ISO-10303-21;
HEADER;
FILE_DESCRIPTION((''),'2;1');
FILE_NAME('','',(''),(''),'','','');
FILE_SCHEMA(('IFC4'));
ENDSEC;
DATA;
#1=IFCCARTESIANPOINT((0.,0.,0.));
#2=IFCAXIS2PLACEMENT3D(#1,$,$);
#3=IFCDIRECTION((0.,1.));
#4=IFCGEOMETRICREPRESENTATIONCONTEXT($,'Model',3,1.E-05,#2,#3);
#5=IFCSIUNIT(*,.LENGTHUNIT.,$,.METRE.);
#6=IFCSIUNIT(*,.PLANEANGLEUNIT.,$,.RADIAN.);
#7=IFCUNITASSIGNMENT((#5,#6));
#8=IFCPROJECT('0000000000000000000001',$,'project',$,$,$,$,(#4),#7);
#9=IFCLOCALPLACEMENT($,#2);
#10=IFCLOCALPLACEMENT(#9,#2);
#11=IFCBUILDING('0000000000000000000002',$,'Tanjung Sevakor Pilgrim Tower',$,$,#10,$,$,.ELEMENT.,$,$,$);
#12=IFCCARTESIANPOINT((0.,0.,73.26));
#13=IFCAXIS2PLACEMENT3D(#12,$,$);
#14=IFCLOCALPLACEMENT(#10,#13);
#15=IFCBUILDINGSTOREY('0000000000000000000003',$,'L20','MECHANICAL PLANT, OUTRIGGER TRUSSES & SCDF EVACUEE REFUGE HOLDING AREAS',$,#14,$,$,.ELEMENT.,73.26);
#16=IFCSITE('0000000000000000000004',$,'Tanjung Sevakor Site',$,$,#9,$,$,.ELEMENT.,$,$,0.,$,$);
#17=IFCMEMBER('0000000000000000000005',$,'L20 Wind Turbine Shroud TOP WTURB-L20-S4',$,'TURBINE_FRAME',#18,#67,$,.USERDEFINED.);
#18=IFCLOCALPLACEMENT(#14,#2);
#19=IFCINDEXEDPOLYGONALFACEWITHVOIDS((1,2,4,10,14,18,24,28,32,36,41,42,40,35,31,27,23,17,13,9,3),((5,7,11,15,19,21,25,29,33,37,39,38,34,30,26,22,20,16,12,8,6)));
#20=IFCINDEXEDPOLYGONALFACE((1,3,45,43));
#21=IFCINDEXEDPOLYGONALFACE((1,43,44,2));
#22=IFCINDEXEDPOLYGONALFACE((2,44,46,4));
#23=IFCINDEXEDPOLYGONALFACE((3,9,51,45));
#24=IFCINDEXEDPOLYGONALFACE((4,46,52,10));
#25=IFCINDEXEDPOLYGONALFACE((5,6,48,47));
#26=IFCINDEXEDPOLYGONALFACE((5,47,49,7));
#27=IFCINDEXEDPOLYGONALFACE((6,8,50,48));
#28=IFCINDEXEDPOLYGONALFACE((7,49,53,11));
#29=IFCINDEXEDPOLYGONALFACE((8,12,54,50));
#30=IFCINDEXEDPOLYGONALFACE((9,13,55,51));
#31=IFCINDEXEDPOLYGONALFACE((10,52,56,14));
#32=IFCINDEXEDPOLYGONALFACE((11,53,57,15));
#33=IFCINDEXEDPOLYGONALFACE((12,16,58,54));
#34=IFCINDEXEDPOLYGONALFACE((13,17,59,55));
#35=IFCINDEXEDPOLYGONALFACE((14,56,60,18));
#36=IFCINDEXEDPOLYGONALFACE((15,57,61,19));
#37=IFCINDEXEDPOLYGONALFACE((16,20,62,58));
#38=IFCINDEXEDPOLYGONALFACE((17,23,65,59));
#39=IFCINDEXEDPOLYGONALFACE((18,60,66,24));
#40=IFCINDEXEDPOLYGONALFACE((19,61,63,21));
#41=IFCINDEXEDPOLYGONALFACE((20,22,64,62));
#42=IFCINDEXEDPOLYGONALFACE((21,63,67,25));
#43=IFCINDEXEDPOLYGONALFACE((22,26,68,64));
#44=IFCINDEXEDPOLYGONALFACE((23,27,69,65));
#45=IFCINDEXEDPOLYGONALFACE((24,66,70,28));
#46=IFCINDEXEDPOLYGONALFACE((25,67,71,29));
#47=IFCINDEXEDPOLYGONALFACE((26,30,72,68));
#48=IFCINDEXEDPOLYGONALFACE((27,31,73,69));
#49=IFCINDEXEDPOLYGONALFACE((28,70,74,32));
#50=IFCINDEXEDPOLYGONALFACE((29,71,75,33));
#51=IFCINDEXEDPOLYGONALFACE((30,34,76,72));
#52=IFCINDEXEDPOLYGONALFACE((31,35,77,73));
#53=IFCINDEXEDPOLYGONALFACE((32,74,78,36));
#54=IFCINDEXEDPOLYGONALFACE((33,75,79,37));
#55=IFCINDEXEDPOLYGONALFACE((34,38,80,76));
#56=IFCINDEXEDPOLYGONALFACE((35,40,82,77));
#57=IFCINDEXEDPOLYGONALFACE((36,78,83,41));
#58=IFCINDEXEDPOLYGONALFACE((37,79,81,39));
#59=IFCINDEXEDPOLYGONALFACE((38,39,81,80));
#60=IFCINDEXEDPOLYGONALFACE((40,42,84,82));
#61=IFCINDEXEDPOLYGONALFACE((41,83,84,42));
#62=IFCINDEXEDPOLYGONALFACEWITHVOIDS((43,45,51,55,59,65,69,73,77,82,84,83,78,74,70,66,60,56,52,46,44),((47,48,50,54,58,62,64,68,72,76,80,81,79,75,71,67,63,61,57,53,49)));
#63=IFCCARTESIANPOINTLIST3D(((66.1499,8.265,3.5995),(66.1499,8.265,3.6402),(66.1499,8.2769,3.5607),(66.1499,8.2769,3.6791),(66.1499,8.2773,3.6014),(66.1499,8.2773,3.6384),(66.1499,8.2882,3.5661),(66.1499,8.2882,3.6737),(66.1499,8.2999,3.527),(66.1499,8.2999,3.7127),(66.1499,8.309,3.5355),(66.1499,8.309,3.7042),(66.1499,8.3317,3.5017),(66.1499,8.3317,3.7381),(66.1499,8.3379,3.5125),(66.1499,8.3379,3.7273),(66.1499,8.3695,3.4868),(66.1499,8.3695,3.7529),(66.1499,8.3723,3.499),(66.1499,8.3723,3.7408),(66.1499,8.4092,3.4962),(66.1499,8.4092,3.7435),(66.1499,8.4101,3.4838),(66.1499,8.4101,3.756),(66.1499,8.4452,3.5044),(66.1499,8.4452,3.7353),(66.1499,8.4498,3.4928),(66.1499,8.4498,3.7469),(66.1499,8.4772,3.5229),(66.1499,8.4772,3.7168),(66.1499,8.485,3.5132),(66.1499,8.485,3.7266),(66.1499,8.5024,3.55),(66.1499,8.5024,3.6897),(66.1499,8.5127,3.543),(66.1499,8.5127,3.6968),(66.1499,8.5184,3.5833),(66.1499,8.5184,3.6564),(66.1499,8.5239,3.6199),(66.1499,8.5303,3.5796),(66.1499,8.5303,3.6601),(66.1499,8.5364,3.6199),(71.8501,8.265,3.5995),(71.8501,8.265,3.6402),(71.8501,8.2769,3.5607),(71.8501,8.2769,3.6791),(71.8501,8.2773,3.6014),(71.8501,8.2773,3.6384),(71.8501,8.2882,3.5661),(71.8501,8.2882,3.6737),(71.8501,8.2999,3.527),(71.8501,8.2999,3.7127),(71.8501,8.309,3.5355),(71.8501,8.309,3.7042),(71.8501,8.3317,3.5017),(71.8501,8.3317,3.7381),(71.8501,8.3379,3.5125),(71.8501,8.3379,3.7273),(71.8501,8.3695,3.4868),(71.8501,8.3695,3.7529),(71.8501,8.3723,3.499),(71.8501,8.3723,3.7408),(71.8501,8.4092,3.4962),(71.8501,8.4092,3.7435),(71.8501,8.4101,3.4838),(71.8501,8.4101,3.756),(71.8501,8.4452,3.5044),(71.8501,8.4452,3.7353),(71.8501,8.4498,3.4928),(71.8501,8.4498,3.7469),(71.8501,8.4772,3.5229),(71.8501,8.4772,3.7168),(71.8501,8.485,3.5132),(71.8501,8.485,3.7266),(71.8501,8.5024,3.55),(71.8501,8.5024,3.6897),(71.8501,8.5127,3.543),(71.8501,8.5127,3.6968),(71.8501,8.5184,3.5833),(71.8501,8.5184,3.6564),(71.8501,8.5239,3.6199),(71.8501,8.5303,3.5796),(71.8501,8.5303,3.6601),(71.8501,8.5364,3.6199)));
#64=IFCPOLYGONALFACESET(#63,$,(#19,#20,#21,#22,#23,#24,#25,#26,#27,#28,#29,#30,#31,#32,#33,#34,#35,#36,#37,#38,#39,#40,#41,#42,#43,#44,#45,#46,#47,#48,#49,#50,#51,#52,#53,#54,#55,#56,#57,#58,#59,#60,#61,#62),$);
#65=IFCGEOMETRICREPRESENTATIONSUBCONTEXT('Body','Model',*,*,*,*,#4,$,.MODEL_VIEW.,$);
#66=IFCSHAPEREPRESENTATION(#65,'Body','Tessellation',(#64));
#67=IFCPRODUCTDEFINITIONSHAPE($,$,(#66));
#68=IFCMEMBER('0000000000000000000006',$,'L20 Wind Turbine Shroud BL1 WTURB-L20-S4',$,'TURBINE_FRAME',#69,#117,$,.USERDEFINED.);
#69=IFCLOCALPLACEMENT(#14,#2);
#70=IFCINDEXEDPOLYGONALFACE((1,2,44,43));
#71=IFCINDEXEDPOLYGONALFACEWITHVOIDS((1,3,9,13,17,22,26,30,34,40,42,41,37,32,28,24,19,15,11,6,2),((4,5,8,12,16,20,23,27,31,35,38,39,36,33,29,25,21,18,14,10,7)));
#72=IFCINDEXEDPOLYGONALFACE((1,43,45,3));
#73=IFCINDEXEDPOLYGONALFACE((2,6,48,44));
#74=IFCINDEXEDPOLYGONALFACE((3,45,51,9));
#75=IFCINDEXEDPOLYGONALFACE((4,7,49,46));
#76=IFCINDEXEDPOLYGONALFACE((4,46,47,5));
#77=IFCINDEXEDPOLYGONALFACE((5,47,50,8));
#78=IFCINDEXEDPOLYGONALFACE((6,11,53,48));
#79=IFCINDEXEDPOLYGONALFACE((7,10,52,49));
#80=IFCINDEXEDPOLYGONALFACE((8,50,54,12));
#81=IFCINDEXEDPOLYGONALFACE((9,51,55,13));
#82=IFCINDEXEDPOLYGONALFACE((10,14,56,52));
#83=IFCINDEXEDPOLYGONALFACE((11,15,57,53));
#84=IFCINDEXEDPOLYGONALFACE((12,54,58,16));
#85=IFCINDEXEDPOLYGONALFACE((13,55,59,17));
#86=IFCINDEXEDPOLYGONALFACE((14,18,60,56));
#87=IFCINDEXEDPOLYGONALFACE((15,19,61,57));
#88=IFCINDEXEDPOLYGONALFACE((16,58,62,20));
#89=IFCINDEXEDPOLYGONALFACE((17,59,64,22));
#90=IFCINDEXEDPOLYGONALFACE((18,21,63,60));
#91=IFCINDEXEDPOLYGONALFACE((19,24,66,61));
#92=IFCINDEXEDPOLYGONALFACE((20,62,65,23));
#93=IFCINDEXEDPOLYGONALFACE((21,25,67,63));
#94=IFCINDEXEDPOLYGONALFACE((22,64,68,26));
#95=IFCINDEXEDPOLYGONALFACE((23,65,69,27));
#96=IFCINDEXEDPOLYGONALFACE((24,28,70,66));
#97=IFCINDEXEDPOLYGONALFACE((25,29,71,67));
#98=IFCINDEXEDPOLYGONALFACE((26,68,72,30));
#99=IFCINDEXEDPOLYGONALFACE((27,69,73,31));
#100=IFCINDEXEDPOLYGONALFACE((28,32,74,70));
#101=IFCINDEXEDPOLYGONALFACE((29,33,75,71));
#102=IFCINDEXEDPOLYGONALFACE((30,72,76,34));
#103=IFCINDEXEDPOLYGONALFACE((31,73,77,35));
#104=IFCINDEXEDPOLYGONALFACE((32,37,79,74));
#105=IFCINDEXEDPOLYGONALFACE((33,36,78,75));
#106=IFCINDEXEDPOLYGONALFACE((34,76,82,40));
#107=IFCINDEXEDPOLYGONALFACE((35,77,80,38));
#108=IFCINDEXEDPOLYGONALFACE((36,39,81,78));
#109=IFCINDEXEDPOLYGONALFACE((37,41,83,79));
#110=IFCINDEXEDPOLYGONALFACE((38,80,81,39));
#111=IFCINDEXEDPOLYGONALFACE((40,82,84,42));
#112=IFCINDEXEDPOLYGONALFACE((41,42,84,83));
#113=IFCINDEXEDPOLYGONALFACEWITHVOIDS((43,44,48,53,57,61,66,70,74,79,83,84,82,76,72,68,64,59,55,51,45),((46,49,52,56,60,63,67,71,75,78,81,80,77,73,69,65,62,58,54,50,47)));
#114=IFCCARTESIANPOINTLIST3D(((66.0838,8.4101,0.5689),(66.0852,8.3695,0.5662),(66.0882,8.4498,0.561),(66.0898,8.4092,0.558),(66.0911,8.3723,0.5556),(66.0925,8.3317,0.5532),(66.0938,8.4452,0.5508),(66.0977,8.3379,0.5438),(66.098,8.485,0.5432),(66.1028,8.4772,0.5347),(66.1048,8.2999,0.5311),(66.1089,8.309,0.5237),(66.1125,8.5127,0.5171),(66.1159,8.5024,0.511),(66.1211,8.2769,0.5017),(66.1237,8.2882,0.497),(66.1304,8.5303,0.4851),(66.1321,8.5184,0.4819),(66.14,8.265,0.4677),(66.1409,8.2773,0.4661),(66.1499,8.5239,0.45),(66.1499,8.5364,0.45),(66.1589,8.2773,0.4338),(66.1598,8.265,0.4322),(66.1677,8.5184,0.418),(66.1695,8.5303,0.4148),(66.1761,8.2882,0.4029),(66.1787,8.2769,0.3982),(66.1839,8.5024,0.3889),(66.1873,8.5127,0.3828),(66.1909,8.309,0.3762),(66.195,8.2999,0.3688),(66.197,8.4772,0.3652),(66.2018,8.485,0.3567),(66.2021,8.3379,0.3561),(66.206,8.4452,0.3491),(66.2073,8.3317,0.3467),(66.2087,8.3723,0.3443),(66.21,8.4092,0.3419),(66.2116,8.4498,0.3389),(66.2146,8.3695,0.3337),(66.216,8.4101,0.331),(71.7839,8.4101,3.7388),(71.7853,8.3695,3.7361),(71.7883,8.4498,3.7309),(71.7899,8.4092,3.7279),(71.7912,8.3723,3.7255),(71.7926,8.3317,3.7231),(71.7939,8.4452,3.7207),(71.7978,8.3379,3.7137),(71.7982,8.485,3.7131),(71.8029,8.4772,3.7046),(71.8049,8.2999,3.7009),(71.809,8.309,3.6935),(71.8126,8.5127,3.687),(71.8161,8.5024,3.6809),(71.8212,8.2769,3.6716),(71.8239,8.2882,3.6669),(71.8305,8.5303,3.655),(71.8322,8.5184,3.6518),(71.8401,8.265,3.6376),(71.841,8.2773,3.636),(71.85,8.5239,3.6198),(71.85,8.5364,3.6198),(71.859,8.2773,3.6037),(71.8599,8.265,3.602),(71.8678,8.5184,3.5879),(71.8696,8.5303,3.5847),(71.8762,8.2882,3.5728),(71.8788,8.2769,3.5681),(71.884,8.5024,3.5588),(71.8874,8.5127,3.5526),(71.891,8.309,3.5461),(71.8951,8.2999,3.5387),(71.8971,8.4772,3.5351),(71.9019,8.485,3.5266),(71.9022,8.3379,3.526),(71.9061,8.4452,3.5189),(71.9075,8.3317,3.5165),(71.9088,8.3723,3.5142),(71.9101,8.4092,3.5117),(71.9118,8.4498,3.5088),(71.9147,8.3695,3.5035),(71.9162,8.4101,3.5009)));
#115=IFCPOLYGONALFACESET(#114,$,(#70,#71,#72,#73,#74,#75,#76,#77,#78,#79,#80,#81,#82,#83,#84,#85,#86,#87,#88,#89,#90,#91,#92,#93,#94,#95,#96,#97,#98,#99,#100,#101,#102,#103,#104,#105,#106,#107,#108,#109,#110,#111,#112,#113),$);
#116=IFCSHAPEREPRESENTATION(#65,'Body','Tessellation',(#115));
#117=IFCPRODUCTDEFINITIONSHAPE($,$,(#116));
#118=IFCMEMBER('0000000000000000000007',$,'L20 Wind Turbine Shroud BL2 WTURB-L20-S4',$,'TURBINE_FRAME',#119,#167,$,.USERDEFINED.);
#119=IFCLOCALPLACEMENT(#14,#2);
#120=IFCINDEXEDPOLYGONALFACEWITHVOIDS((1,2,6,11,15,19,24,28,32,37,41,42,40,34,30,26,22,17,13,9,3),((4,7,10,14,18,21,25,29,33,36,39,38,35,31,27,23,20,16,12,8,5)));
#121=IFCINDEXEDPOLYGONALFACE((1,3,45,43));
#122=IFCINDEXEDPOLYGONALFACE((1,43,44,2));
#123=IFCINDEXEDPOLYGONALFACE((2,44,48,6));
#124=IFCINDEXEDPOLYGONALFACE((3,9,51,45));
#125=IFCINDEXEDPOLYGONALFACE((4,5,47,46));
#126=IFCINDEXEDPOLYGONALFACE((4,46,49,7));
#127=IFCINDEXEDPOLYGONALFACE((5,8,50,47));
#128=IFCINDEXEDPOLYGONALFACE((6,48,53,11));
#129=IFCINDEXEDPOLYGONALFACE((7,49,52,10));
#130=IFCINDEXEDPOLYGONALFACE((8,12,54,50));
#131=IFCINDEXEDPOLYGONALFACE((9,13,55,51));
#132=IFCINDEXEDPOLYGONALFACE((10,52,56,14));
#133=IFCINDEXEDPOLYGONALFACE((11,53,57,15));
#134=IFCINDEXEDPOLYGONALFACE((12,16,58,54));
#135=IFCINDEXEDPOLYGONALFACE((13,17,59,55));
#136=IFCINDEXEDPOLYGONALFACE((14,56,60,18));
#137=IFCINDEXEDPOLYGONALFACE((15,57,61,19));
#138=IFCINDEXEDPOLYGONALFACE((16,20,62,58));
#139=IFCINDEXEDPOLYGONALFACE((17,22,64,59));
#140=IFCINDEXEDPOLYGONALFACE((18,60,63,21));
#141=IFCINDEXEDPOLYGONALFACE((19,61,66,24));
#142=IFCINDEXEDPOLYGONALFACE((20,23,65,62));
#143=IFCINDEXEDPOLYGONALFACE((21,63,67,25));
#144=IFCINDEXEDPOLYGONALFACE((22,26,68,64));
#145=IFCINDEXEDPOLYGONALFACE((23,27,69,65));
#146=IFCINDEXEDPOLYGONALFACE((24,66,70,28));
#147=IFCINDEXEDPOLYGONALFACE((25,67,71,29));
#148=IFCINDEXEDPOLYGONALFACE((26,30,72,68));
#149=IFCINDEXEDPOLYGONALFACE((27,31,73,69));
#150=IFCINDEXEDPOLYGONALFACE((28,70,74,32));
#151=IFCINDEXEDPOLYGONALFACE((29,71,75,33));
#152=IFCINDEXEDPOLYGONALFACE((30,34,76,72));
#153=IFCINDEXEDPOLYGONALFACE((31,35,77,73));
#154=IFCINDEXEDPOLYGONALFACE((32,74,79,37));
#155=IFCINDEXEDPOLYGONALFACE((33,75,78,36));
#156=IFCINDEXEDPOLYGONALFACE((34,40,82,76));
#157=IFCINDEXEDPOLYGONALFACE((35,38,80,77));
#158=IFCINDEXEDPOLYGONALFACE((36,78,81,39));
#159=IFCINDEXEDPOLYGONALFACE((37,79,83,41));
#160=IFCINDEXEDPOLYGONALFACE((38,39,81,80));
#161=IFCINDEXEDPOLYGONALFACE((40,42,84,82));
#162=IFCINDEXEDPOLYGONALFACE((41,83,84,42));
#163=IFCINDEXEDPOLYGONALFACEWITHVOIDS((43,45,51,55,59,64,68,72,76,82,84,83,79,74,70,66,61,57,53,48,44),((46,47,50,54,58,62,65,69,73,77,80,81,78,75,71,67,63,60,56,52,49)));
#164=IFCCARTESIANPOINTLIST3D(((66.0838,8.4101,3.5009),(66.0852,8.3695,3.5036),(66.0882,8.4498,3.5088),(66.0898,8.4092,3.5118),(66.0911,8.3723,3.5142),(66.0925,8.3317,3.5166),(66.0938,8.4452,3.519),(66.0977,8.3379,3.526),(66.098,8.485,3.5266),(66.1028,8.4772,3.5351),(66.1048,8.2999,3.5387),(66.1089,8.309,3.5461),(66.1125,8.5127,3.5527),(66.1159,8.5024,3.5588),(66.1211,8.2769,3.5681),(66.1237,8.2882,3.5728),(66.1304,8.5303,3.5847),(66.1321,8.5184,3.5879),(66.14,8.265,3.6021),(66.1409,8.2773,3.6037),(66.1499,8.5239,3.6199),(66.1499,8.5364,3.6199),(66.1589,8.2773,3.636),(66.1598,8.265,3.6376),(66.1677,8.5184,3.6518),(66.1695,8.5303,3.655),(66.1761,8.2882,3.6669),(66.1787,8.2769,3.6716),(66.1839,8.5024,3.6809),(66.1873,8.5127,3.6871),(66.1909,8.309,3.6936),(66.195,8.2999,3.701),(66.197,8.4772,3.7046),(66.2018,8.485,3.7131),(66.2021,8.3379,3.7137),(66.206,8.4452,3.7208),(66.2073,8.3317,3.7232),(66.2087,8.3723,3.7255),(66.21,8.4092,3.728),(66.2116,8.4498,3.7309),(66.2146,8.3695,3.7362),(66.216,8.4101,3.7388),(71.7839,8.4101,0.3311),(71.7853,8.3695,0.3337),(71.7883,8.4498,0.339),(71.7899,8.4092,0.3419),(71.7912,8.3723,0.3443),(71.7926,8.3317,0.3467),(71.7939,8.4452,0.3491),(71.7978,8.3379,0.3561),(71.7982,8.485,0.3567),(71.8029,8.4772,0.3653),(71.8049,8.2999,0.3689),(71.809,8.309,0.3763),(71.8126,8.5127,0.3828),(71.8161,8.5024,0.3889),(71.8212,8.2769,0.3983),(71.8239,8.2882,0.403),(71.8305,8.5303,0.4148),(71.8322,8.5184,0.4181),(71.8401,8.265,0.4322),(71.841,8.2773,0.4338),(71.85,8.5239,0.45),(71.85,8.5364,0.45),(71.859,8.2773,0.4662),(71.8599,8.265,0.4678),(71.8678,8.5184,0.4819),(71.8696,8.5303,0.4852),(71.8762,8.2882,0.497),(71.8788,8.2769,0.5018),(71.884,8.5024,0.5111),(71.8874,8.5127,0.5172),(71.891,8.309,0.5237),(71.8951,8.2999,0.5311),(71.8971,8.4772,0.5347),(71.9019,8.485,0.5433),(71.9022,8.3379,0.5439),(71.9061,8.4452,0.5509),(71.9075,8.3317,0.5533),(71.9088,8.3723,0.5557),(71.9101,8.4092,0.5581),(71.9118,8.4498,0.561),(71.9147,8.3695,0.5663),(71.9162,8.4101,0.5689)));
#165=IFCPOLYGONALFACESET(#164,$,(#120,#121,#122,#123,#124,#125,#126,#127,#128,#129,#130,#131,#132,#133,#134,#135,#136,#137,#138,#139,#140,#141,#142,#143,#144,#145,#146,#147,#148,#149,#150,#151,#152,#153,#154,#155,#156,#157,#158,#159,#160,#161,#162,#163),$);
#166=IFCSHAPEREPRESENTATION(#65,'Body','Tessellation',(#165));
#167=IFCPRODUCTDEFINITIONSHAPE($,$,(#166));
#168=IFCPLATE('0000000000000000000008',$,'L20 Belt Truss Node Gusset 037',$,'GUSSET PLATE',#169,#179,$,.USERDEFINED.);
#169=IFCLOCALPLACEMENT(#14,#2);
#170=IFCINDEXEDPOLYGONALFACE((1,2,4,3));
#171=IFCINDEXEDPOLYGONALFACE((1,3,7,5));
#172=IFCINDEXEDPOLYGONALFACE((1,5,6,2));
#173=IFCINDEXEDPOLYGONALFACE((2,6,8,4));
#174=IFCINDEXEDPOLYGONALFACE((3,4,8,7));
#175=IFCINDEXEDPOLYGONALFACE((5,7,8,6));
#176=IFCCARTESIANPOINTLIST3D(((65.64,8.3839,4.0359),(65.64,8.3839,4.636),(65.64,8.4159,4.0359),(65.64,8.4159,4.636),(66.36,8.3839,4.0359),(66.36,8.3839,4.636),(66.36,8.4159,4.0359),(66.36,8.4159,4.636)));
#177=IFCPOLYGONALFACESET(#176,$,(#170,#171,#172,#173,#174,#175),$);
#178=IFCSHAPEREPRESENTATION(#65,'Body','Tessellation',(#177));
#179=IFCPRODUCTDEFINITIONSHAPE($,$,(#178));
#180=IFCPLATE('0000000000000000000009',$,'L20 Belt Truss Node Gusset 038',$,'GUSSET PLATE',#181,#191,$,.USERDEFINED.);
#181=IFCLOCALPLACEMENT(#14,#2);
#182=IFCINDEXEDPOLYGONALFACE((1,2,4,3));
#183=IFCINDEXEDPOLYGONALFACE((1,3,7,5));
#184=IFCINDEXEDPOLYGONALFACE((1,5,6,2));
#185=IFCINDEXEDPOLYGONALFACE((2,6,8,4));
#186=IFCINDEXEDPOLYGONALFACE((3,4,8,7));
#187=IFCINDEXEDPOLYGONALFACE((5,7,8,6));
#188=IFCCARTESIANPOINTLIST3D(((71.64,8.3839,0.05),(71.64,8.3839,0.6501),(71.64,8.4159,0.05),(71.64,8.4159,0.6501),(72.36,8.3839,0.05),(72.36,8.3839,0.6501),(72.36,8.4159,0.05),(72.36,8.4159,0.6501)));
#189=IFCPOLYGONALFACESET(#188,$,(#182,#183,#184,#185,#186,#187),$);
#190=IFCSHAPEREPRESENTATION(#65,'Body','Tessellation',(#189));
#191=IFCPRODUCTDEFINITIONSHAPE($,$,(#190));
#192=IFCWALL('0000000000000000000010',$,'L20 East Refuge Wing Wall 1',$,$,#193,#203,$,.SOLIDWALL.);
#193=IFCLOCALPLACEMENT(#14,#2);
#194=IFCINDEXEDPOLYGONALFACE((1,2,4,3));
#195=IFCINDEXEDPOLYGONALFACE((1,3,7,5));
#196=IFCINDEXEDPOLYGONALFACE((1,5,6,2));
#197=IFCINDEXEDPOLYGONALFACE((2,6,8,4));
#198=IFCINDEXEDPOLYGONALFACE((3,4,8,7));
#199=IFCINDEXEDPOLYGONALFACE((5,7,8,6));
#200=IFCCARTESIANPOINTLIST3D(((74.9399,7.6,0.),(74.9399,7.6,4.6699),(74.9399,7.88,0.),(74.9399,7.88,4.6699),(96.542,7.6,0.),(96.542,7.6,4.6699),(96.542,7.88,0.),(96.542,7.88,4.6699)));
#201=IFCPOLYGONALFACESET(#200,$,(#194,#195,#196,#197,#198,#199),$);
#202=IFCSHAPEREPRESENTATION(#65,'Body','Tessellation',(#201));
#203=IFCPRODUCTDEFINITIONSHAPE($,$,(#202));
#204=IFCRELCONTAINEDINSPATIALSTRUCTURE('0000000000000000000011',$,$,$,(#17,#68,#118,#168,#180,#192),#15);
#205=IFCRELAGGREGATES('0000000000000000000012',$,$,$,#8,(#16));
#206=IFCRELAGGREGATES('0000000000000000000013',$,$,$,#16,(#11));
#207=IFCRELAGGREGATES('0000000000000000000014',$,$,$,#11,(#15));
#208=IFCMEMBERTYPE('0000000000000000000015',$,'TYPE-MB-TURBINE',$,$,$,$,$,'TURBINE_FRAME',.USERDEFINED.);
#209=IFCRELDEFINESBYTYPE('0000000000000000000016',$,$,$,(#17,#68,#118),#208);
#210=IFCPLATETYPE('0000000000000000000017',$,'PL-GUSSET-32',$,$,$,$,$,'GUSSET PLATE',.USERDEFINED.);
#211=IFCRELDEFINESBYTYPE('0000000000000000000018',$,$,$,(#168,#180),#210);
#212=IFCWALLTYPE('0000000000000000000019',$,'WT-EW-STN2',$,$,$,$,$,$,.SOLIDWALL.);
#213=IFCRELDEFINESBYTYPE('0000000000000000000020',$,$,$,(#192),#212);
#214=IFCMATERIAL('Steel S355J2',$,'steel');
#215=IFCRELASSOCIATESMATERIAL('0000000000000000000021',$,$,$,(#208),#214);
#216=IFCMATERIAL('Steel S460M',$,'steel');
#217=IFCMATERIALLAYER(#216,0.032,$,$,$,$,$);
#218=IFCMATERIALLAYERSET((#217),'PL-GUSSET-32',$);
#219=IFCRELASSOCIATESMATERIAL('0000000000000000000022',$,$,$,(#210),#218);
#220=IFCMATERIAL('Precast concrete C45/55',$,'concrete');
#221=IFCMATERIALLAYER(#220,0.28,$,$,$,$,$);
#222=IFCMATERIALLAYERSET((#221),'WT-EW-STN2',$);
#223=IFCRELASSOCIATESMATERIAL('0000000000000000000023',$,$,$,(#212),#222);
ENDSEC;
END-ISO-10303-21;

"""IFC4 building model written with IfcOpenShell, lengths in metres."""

from ifc_helpers import new_model, si_unit, direction, frame, frame_2d, origin, origin_2d, place, context, subcontext, project, spatial, rectangle, hollow_circle, extrude, material, layer, layer_set, material_profile, profile_set, type_object, element, save


model = new_model("IFC4")

# Units and contexts
model_context = context("Model", 3, precision=1e-05, world=origin(), true_north=direction((0.0, 1.0)))
body_context = subcontext(model_context, "Body", "Model", "MODEL_VIEW")
ifc_project = project(units=[si_unit("LENGTHUNIT", "METRE"), si_unit("PLANEANGLEUNIT", "RADIAN")], contexts=[model_context])

# Site, building, storey
site_placement = place(None, origin())
site = spatial("IfcSite", under=ifc_project, at=site_placement, Name="Tanjung Sevakor Site", CompositionType="ELEMENT", RefElevation=0.0)
building_placement = place(site_placement, origin())
building = spatial("IfcBuilding", under=site, at=building_placement, Name="Tanjung Sevakor Pilgrim Tower", CompositionType="ELEMENT")
storey_placement = place(building_placement, frame((0.0, 0.0, 73.26)))
storey = spatial("IfcBuildingStorey", under=building, at=storey_placement, Name="L20", Description="MECHANICAL PLANT, OUTRIGGER TRUSSES & SCDF EVACUEE REFUGE HOLDING AREAS", CompositionType="ELEMENT", Elevation=73.26)

# Members
ifc_material_1 = material(Name="Steel S355J2", Category="steel")
ifc_material_profile_1 = material_profile(ifc_material_1, hollow_circle(Radius=0.1365, WallThickness=0.0125, at=origin_2d()))
ifc_profile_set_1 = profile_set([ifc_material_profile_1], Name="Steel S355J2")
member_type_1 = type_object("IfcMemberType", Name="TYPE-MB-TURBINE", ElementType="TURBINE_FRAME", PredefinedType="USERDEFINED", material=ifc_profile_set_1)
for number, where, z_axis, x_axis, name in (
    (1, (66.1499, 8.3999, 3.6199), (1.0, 0.0, 0.0), (0.0, 1.0, 0.0), "L20 Wind Turbine Shroud TOP WTURB-L20-S4"),
):
    element("IfcMember", number, at=place(storey_placement, frame(where, z_axis=z_axis, x_axis=x_axis)), inside=storey, type_object=member_type_1, Name=name, ObjectType="TURBINE_FRAME", PredefinedType="USERDEFINED", context=body_context, shape_type="SweptSolid", body=[
        extrude(hollow_circle(Radius=0.1365, WallThickness=0.0125, at=origin_2d()), origin(), (0.0, 0.0, 1.0), 5.7002),
    ])
for number, where, z_axis, x_axis, name in (
    (2, (66.1499, 8.3999, 0.45), (0.873952, 0.0, 0.486012), (0.0, 1.0, 0.0), "L20 Wind Turbine Shroud BL1 WTURB-L20-S4"),
    (3, (66.1499, 8.3999, 3.6199), (0.873952, 0.0, -0.486012), (0.0, 1.0, 0.0), "L20 Wind Turbine Shroud BL2 WTURB-L20-S4"),
):
    element("IfcMember", number, at=place(storey_placement, frame(where, z_axis=z_axis, x_axis=x_axis)), inside=storey, type_object=member_type_1, Name=name, ObjectType="TURBINE_FRAME", PredefinedType="USERDEFINED", context=body_context, shape_type="SweptSolid", body=[
        extrude(hollow_circle(Radius=0.1365, WallThickness=0.0125, at=origin_2d()), origin(), (0.0, 0.0, 1.0), 6.5222),
    ])

# Plates
ifc_material_2 = material(Name="Steel S460M", Category="steel")
ifc_layer_1 = layer(ifc_material_2, 0.032)
ifc_layer_set_1 = layer_set([ifc_layer_1], Name="PL-GUSSET-32")
plate_type = type_object("IfcPlateType", Name="PL-GUSSET-32", ElementType="GUSSET PLATE", PredefinedType="USERDEFINED", material=ifc_layer_set_1)
for number, where, z_axis, x_axis, name in (
    (4, (66.0, 8.3999, 4.0359), (0.0, 0.0, 1.0), (1.0, 0.0, 0.0), "L20 Belt Truss Node Gusset 037"),
    (5, (72.0, 8.3999, 0.05), (0.0, 0.0, 1.0), (1.0, 0.0, 0.0), "L20 Belt Truss Node Gusset 038"),
):
    element("IfcPlate", number, at=place(storey_placement, frame(where, z_axis=z_axis, x_axis=x_axis)), inside=storey, type_object=plate_type, Name=name, ObjectType="GUSSET PLATE", PredefinedType="USERDEFINED", context=body_context, shape_type="SweptSolid", body=[
        extrude(rectangle(XDim=0.72, YDim=0.032, at=origin_2d()), origin(), (0.0, 0.0, 1.0), 0.6001),
    ])

# Wall
ifc_material_3 = material(Name="Precast concrete C45/55", Category="concrete")
ifc_layer_2 = layer(ifc_material_3, 0.28)
ifc_layer_set_2 = layer_set([ifc_layer_2], Name="WT-EW-STN2")
wall_type = type_object("IfcWallType", Name="WT-EW-STN2", PredefinedType="SOLIDWALL", material=ifc_layer_set_2)
wall_placement = place(storey_placement, frame((74.9399, 7.74, 0.0), z_axis=(0.0, 0.0, 1.0), x_axis=(1.0, 0.0, 0.0)))
element("IfcWall", 6, at=wall_placement, inside=storey, type_object=wall_type, Name="L20 East Refuge Wing Wall 1", PredefinedType="SOLIDWALL", context=body_context, shape_type="SweptSolid", body=[
    extrude(rectangle(XDim=21.6021, YDim=0.28, at=frame_2d((10.801, 0.0))), origin(), (0.0, 0.0, 1.0), 4.6699),
])

save(model, "model.ifc")
